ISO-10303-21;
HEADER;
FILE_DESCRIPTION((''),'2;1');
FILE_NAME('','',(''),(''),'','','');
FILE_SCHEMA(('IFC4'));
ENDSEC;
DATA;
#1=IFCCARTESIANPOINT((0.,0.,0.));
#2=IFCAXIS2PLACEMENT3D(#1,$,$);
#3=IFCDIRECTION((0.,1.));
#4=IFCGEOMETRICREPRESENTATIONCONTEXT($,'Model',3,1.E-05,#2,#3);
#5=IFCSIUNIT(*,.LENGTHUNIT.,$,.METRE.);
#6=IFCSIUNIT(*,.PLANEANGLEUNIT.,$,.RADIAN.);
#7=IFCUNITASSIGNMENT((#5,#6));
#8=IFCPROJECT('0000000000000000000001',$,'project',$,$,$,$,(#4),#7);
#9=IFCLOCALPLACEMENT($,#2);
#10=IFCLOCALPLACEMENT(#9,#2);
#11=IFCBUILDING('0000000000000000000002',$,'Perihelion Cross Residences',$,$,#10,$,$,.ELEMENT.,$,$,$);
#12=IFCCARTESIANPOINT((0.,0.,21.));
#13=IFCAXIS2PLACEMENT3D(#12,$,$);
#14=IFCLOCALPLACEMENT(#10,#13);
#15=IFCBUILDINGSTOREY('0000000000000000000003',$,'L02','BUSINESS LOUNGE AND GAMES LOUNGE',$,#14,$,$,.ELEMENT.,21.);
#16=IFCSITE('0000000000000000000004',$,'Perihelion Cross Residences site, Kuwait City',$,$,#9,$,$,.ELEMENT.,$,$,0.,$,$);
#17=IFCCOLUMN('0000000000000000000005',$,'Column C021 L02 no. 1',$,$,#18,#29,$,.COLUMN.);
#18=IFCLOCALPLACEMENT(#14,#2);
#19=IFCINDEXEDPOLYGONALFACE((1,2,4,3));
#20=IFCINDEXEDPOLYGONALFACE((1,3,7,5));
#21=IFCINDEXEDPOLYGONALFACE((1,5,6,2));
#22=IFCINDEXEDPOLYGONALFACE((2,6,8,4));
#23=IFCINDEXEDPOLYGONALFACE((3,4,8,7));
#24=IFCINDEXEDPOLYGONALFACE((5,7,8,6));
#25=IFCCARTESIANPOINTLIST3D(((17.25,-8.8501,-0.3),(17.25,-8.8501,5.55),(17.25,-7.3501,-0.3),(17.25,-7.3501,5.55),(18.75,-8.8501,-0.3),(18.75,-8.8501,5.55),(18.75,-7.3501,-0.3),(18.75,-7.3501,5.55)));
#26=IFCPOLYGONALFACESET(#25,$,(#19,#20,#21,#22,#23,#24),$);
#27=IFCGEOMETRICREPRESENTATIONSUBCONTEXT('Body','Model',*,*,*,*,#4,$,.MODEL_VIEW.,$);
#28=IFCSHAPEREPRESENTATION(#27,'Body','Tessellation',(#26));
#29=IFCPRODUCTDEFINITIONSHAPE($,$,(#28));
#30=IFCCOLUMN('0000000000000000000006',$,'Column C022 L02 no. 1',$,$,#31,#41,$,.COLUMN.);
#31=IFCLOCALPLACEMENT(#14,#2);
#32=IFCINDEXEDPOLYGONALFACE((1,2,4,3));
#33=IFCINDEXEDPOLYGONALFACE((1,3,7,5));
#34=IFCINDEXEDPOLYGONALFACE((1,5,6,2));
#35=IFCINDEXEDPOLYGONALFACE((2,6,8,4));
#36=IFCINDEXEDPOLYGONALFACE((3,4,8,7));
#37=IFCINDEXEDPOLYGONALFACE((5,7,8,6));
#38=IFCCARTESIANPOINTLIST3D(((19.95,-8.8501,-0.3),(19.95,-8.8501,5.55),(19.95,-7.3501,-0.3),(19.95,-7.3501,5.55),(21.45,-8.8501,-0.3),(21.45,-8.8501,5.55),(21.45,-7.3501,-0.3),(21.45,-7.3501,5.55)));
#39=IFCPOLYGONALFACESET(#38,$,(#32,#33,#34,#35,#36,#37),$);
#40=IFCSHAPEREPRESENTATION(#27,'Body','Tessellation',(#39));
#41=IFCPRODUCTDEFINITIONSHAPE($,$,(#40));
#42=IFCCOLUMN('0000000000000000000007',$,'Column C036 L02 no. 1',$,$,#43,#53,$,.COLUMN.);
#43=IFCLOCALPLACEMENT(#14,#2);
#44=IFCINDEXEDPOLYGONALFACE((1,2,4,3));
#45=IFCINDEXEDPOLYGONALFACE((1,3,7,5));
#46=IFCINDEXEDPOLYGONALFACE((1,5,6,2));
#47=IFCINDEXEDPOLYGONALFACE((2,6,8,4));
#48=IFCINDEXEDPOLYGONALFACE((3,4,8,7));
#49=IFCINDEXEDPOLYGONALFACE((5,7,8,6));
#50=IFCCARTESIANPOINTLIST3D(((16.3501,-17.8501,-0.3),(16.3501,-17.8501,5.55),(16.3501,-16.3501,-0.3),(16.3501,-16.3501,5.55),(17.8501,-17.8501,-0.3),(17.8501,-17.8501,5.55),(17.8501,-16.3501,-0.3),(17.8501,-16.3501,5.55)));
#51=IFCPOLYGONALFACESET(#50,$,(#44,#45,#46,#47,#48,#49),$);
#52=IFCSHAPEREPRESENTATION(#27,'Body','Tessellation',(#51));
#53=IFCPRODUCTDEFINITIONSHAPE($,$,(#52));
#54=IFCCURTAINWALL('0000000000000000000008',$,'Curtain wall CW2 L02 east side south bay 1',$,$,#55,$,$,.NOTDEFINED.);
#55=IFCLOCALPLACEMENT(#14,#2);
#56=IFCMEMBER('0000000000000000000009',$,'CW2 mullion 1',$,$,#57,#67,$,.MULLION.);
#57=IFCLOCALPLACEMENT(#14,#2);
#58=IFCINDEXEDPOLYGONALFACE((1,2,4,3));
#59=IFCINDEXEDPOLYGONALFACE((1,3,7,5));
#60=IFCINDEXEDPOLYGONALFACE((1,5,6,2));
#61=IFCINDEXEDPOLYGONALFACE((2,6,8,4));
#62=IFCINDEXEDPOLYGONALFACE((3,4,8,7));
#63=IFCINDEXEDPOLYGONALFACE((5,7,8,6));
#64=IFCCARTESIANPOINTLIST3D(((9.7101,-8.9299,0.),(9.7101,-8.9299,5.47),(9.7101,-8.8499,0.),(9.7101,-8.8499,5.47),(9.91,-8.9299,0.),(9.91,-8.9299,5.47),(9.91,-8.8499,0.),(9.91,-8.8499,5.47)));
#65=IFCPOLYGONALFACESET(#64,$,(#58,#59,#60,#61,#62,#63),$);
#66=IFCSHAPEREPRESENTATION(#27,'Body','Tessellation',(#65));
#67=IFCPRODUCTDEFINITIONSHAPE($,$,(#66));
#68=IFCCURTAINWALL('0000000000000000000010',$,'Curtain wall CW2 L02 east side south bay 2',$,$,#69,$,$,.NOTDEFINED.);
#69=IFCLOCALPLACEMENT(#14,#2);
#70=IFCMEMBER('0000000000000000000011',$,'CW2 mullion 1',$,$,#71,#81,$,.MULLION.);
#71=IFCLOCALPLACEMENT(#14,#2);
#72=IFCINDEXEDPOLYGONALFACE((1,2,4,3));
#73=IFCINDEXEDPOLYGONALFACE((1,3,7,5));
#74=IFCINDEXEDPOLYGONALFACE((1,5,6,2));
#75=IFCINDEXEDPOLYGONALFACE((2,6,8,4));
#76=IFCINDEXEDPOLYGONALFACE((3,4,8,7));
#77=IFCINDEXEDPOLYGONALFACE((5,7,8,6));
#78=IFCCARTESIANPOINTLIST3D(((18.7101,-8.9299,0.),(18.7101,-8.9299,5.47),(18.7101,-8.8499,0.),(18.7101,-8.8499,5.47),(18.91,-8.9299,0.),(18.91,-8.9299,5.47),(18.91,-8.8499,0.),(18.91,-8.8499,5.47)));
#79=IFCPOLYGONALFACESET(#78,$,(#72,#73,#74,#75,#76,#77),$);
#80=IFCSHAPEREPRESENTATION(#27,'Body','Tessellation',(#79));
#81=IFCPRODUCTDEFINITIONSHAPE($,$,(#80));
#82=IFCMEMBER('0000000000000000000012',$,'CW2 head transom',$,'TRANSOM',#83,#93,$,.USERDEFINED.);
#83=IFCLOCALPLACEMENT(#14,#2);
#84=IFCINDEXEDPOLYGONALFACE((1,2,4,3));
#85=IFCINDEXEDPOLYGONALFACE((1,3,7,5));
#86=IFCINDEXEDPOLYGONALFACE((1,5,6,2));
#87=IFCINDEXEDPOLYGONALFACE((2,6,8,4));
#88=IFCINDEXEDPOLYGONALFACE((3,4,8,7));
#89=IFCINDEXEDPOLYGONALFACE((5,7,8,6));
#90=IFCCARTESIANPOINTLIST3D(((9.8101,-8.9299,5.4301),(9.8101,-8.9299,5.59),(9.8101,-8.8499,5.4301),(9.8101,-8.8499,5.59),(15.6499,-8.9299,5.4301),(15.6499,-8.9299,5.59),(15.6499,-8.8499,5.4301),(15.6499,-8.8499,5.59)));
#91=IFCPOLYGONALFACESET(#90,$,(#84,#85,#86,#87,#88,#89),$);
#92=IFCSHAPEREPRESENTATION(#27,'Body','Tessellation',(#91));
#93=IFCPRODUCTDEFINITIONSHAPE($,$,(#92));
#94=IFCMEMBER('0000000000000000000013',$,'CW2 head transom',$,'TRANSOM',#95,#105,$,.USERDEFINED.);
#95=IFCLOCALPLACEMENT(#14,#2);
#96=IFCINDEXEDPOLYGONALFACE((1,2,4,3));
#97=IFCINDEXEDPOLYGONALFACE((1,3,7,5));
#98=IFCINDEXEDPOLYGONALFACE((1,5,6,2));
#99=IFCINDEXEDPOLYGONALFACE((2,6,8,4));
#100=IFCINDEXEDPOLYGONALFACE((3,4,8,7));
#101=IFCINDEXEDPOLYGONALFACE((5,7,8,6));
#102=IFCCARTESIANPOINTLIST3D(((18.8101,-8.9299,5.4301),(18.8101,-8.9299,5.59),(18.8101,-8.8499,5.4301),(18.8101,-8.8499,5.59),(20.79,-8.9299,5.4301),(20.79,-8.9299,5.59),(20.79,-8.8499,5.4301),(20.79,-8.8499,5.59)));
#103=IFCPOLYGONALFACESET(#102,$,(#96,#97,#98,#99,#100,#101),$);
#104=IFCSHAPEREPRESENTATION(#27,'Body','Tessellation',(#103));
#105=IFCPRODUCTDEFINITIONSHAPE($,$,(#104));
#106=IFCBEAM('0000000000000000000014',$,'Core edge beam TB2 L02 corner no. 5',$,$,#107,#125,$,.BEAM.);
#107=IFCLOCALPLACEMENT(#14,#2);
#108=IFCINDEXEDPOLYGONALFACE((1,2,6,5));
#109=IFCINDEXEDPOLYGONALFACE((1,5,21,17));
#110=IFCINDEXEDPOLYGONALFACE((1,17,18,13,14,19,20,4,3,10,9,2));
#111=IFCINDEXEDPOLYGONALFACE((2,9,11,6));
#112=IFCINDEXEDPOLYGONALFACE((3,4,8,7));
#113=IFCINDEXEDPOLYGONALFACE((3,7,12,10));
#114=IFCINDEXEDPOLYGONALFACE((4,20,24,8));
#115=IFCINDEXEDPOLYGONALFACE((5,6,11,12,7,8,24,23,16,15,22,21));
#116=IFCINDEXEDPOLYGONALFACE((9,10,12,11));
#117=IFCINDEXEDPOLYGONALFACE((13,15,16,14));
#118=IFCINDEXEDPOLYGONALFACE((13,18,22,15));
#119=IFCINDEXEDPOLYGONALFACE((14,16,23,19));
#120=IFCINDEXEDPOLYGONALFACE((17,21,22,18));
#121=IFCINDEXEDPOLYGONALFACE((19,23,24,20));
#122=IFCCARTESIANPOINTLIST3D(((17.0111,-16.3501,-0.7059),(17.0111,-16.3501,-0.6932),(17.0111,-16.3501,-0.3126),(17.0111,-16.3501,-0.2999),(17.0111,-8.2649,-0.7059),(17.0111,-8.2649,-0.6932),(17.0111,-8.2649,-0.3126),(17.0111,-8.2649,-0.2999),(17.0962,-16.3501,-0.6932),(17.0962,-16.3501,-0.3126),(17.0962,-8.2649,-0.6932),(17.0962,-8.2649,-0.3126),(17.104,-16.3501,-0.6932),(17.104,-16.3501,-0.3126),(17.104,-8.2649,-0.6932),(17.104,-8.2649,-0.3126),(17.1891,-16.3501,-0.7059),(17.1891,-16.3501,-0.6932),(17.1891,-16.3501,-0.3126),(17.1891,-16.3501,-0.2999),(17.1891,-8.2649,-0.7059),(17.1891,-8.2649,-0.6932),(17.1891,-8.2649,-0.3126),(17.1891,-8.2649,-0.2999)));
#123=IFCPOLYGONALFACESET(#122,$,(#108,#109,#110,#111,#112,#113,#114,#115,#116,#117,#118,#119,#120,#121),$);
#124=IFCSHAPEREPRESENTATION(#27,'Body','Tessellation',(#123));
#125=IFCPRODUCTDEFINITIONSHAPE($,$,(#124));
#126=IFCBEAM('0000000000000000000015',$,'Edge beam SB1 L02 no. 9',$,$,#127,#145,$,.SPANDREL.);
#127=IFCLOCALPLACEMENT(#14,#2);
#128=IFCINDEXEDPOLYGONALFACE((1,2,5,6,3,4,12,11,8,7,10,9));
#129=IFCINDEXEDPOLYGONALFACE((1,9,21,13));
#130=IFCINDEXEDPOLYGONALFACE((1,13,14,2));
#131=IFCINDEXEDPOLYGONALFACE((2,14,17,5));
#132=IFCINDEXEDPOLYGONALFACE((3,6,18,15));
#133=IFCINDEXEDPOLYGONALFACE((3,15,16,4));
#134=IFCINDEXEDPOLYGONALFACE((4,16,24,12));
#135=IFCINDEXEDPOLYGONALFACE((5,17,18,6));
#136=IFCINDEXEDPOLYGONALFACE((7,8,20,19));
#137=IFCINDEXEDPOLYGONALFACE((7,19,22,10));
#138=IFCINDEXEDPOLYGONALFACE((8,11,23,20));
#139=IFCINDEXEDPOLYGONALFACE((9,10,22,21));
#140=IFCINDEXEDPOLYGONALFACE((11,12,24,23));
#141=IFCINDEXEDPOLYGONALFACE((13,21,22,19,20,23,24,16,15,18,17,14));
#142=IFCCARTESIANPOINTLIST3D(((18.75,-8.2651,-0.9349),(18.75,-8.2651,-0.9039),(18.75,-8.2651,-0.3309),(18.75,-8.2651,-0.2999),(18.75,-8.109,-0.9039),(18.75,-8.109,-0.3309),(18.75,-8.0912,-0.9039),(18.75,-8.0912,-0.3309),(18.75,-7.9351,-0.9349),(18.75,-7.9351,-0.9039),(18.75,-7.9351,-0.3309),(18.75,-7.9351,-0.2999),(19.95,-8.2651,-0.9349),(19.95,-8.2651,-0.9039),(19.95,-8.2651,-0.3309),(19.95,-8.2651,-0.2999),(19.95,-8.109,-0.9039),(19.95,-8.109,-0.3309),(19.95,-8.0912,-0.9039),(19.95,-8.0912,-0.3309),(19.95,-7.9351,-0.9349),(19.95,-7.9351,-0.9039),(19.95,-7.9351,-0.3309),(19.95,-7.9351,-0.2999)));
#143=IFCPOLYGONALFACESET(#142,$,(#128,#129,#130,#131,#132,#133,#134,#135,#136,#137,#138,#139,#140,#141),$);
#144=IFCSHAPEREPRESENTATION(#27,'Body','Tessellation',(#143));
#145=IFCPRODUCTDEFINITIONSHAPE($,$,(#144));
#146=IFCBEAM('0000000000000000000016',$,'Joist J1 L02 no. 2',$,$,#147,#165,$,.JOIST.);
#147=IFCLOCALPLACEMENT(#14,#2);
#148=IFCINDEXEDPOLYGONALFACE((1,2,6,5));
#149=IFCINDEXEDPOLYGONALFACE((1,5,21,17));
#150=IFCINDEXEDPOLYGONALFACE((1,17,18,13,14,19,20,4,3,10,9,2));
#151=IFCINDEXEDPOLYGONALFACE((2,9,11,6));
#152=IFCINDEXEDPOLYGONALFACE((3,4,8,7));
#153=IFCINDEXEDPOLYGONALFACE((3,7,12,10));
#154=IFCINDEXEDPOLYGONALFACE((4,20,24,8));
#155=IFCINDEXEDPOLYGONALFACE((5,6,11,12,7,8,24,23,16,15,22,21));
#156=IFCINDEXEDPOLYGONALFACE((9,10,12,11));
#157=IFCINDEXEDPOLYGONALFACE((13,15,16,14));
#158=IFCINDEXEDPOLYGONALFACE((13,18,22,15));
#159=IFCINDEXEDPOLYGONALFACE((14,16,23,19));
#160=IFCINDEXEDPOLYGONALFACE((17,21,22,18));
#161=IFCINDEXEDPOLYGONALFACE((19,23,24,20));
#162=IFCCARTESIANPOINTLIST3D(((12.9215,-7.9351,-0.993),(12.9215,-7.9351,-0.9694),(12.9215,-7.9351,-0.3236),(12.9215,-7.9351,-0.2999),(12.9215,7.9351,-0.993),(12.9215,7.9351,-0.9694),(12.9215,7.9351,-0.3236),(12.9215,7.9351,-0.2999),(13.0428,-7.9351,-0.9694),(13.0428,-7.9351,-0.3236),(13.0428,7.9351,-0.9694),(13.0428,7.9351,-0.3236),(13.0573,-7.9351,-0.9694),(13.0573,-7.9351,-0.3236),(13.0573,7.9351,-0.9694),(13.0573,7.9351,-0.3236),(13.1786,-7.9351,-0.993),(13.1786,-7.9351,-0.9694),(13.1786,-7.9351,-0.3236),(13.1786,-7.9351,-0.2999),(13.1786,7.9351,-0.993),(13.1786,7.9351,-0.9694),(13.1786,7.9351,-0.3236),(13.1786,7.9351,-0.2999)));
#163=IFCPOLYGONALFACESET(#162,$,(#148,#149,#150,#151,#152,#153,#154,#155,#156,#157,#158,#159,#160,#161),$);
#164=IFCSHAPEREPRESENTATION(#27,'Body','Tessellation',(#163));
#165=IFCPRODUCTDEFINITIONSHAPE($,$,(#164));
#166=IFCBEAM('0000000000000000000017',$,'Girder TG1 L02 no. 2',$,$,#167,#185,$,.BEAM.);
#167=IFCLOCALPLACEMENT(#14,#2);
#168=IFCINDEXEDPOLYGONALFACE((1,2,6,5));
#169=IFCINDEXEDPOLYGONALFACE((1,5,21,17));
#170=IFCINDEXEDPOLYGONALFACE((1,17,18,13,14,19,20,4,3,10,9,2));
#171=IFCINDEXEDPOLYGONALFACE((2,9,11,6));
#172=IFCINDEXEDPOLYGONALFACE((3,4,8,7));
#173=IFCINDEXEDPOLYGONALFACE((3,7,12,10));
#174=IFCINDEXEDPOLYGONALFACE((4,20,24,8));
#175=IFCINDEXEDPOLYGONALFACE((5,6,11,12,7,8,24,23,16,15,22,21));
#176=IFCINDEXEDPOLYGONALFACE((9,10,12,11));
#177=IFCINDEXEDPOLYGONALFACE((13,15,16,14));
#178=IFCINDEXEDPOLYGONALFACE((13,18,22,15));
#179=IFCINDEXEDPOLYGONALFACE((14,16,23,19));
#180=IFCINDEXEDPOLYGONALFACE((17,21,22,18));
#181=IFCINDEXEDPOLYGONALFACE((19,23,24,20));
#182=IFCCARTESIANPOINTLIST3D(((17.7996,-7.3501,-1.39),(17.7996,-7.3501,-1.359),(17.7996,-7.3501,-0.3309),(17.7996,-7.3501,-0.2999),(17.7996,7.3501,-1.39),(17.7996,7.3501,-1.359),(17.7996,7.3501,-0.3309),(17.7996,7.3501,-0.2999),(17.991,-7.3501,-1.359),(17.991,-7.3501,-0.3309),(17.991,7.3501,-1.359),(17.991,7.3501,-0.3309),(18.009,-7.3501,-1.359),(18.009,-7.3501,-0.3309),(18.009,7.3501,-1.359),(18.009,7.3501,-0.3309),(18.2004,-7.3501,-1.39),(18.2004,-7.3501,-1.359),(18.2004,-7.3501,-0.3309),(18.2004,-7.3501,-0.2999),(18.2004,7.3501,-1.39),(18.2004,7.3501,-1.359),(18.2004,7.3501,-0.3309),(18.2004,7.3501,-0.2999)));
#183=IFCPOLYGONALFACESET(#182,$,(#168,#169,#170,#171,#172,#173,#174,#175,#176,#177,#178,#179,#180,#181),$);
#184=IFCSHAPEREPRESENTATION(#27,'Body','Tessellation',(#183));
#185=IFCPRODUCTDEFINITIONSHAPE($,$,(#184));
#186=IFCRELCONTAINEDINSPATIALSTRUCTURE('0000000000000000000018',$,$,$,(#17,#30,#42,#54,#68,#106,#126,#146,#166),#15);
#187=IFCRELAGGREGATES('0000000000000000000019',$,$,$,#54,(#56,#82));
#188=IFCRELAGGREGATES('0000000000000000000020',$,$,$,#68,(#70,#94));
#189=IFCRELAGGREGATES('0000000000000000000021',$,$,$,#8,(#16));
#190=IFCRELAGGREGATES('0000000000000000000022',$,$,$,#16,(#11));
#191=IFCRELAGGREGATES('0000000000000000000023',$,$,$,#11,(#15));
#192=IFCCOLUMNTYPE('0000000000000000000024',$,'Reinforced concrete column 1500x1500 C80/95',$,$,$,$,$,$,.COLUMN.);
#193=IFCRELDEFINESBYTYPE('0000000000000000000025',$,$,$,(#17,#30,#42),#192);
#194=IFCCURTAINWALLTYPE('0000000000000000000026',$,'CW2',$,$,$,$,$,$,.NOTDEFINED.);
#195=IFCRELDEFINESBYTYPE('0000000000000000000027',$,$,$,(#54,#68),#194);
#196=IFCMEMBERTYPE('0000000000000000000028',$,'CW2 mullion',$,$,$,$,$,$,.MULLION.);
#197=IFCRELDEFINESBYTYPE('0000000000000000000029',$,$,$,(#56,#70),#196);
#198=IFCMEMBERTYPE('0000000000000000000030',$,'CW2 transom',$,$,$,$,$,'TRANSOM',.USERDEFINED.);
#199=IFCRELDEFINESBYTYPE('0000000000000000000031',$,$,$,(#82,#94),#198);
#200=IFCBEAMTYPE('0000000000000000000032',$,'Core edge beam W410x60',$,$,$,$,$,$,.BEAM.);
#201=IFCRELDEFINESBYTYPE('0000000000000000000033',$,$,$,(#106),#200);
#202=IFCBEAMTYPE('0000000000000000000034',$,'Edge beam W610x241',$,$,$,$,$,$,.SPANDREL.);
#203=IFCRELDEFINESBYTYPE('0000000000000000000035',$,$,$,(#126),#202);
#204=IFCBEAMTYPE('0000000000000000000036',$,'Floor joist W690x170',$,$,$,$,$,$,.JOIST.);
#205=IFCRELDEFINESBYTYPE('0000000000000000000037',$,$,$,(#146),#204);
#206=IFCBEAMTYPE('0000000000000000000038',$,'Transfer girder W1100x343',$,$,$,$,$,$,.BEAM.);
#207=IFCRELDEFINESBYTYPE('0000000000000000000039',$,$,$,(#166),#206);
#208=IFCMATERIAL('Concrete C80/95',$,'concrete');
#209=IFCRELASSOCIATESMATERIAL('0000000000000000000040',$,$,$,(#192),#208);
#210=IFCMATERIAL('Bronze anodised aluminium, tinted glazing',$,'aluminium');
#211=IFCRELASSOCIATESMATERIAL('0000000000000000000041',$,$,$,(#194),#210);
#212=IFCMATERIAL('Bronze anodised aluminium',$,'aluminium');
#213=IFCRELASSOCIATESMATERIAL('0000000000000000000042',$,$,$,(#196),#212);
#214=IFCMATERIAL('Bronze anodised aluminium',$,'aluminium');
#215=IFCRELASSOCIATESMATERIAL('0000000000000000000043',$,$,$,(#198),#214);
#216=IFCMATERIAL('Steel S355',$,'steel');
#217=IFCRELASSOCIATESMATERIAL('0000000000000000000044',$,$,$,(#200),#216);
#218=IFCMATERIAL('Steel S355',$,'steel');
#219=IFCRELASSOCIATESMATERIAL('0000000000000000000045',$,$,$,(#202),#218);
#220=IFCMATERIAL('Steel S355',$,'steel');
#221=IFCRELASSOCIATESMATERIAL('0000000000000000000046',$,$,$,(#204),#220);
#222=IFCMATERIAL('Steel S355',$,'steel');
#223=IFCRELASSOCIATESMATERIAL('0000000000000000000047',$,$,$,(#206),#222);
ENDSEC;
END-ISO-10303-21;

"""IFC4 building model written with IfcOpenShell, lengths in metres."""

from ifc_helpers import new_model, si_unit, direction, frame, origin, origin_2d, place, context, subcontext, project, spatial, rectangle, i_section, extrude, material, material_profile, profile_set, type_object, element, aggregate, save


model = new_model("IFC4")

# Units and contexts
model_context = context("Model", 3, precision=1e-05, world=origin(), true_north=direction((0.0, 1.0)))
body_context = subcontext(model_context, "Body", "Model", "MODEL_VIEW")
ifc_project = project(units=[si_unit("LENGTHUNIT", "METRE"), si_unit("PLANEANGLEUNIT", "RADIAN")], contexts=[model_context])

# Site, building, storey
site_placement = place(None, origin())
site = spatial("IfcSite", under=ifc_project, at=site_placement, Name="Perihelion Cross Residences site, Kuwait City", CompositionType="ELEMENT", RefElevation=0.0)
building_placement = place(site_placement, origin())
building = spatial("IfcBuilding", under=site, at=building_placement, Name="Perihelion Cross Residences", CompositionType="ELEMENT")
storey_placement = place(building_placement, frame((0.0, 0.0, 21.0)))
storey = spatial("IfcBuildingStorey", under=building, at=storey_placement, Name="L02", Description="BUSINESS LOUNGE AND GAMES LOUNGE", CompositionType="ELEMENT", Elevation=21.0)

# Columns
ifc_material_1 = material(Name="Concrete C80/95", Category="concrete")
ifc_material_profile_1 = material_profile(ifc_material_1, rectangle(XDim=1.5, YDim=1.5, at=origin_2d()), Name="RC 1500x1500")
ifc_profile_set_1 = profile_set([ifc_material_profile_1], Name="Concrete C80/95")
column_type = type_object("IfcColumnType", Name="Reinforced concrete column 1500x1500 C80/95", PredefinedType="COLUMN", material=ifc_profile_set_1)
for number, where, z_axis, x_axis, name in (
    (1, (18.0, -8.1001, -0.3), (0.0, 0.0, 1.0), (1.0, 0.0, 0.0), "Column C021 L02 no. 1"),
    (2, (20.7, -8.1001, -0.3), (0.0, 0.0, 1.0), (1.0, 0.0, 0.0), "Column C022 L02 no. 1"),
    (3, (17.1001, -17.1001, -0.3), (0.0, 0.0, 1.0), (1.0, 0.0, 0.0), "Column C036 L02 no. 1"),
):
    element("IfcColumn", number, at=place(storey_placement, frame(where, z_axis=z_axis, x_axis=x_axis)), inside=storey, type_object=column_type, Name=name, PredefinedType="COLUMN", context=body_context, shape_type="SweptSolid", body=[
        extrude(rectangle(XDim=1.5, YDim=1.5, at=origin_2d()), origin(), (0.0, 0.0, 1.0), 5.8501),
    ])

# Curtain walls, members
ifc_material_2 = material(Name="Bronze anodised aluminium, tinted glazing", Category="aluminium")
curtain_wall_type = type_object("IfcCurtainWallType", Name="CW2", PredefinedType="NOTDEFINED", material=ifc_material_2)
curtain_wall_1_placement = place(storey_placement, origin())
curtain_wall_1 = element("IfcCurtainWall", 4, at=curtain_wall_1_placement, inside=storey, type_object=curtain_wall_type, Name="Curtain wall CW2 L02 east side south bay 1", PredefinedType="NOTDEFINED")
ifc_material_3 = material(Name="Bronze anodised aluminium", Category="aluminium")
ifc_material_profile_2 = material_profile(ifc_material_3, rectangle(XDim=0.0801, YDim=0.2, at=origin_2d()), Name="CW2 mullion")
ifc_profile_set_2 = profile_set([ifc_material_profile_2], Name="Bronze anodised aluminium")
member_type_1 = type_object("IfcMemberType", Name="CW2 mullion", PredefinedType="MULLION", material=ifc_profile_set_2)
member_1_placement = place(storey_placement, frame((9.8101, -8.8899, 0.0), z_axis=(0.0, 0.0, 1.0), x_axis=(0.0, 1.0, 0.0)))
member_1 = element("IfcMember", 5, at=member_1_placement, type_object=member_type_1, Name="CW2 mullion 1", PredefinedType="MULLION", context=body_context, shape_type="SweptSolid", body=[
    extrude(rectangle(XDim=0.0801, YDim=0.2, at=origin_2d()), origin(), (0.0, 0.0, 1.0), 5.47),
])
curtain_wall_2_placement = place(storey_placement, origin())
curtain_wall_2 = element("IfcCurtainWall", 6, at=curtain_wall_2_placement, inside=storey, type_object=curtain_wall_type, Name="Curtain wall CW2 L02 east side south bay 2", PredefinedType="NOTDEFINED")
member_2_placement = place(storey_placement, frame((18.8101, -8.8899, 0.0), z_axis=(0.0, 0.0, 1.0), x_axis=(0.0, 1.0, 0.0)))
member_2 = element("IfcMember", 7, at=member_2_placement, type_object=member_type_1, Name="CW2 mullion 1", PredefinedType="MULLION", context=body_context, shape_type="SweptSolid", body=[
    extrude(rectangle(XDim=0.0801, YDim=0.2, at=origin_2d()), origin(), (0.0, 0.0, 1.0), 5.47),
])

# Members
ifc_material_4 = material(Name="Bronze anodised aluminium", Category="aluminium")
ifc_material_profile_3 = material_profile(ifc_material_4, rectangle(XDim=0.0801, YDim=0.1599, at=origin_2d()), Name="CW2 transom")
ifc_profile_set_3 = profile_set([ifc_material_profile_3], Name="Bronze anodised aluminium")
member_type_2 = type_object("IfcMemberType", Name="CW2 transom", ElementType="TRANSOM", PredefinedType="USERDEFINED", material=ifc_profile_set_3)
member_3_placement = place(storey_placement, frame((9.8101, -8.8899, 5.51), z_axis=(1.0, 0.0, 0.0), x_axis=(0.0, 1.0, 0.0)))
member_3 = element("IfcMember", 8, at=member_3_placement, type_object=member_type_2, Name="CW2 head transom", ObjectType="TRANSOM", PredefinedType="USERDEFINED", context=body_context, shape_type="SweptSolid", body=[
    extrude(rectangle(XDim=0.0801, YDim=0.1599, at=origin_2d()), origin(), (0.0, 0.0, 1.0), 5.8398),
])
member_4_placement = place(storey_placement, frame((18.8101, -8.8899, 5.51), z_axis=(1.0, 0.0, 0.0), x_axis=(0.0, 1.0, 0.0)))
member_4 = element("IfcMember", 9, at=member_4_placement, type_object=member_type_2, Name="CW2 head transom", ObjectType="TRANSOM", PredefinedType="USERDEFINED", context=body_context, shape_type="SweptSolid", body=[
    extrude(rectangle(XDim=0.0801, YDim=0.1599, at=origin_2d()), origin(), (0.0, 0.0, 1.0), 1.98),
])

# Beams
ifc_material_5 = material(Name="Steel S355", Category="steel")
ifc_material_profile_4 = material_profile(ifc_material_5, i_section(OverallWidth=0.178, OverallDepth=0.406, WebThickness=0.0078, FlangeThickness=0.0127, at=origin_2d()), Name="W410x60")
ifc_profile_set_4 = profile_set([ifc_material_profile_4], Name="Steel S355")
beam_type_1 = type_object("IfcBeamType", Name="Core edge beam W410x60", PredefinedType="BEAM", material=ifc_profile_set_4)
beam_1_placement = place(storey_placement, frame((17.1001, -8.2649, -0.5029), z_axis=(0.0, -1.0, 0.0), x_axis=(1.0, 0.0, 0.0)))
element("IfcBeam", 10, at=beam_1_placement, inside=storey, type_object=beam_type_1, Name="Core edge beam TB2 L02 corner no. 5", PredefinedType="BEAM", context=body_context, shape_type="SweptSolid", body=[
    extrude(i_section(OverallWidth=0.178, OverallDepth=0.406, WebThickness=0.0078, FlangeThickness=0.0127, at=origin_2d()), origin(), (0.0, 0.0, 1.0), 8.0852),
])
ifc_material_6 = material(Name="Steel S355", Category="steel")
ifc_material_profile_5 = material_profile(ifc_material_6, i_section(OverallWidth=0.3301, OverallDepth=0.635, WebThickness=0.0178, FlangeThickness=0.031, at=origin_2d()), Name="W610x241")
ifc_profile_set_5 = profile_set([ifc_material_profile_5], Name="Steel S355")
beam_type_2 = type_object("IfcBeamType", Name="Edge beam W610x241", PredefinedType="SPANDREL", material=ifc_profile_set_5)
beam_2_placement = place(storey_placement, frame((18.75, -8.1001, -0.6174), z_axis=(1.0, 0.0, 0.0), x_axis=(0.0, 1.0, 0.0)))
element("IfcBeam", 11, at=beam_2_placement, inside=storey, type_object=beam_type_2, Name="Edge beam SB1 L02 no. 9", PredefinedType="SPANDREL", context=body_context, shape_type="SweptSolid", body=[
    extrude(i_section(OverallWidth=0.3301, OverallDepth=0.635, WebThickness=0.0178, FlangeThickness=0.031, at=origin_2d()), origin(), (0.0, 0.0, 1.0), 1.2),
])
ifc_material_7 = material(Name="Steel S355", Category="steel")
ifc_material_profile_6 = material_profile(ifc_material_7, i_section(OverallWidth=0.2571, OverallDepth=0.6931, WebThickness=0.0144, FlangeThickness=0.0237, at=origin_2d()), Name="W690x170")
ifc_profile_set_6 = profile_set([ifc_material_profile_6], Name="Steel S355")
beam_type_3 = type_object("IfcBeamType", Name="Floor joist W690x170", PredefinedType="JOIST", material=ifc_profile_set_6)
beam_3_placement = place(storey_placement, frame((13.05, -7.9351, -0.6465), z_axis=(0.0, 1.0, 0.0), x_axis=(-1.0, 0.0, 0.0)))
element("IfcBeam", 12, at=beam_3_placement, inside=storey, type_object=beam_type_3, Name="Joist J1 L02 no. 2", PredefinedType="JOIST", context=body_context, shape_type="SweptSolid", body=[
    extrude(i_section(OverallWidth=0.2571, OverallDepth=0.6931, WebThickness=0.0144, FlangeThickness=0.0237, at=origin_2d()), origin(), (0.0, 0.0, 1.0), 15.8701),
])
ifc_material_8 = material(Name="Steel S355", Category="steel")
ifc_material_profile_7 = material_profile(ifc_material_8, i_section(OverallWidth=0.4009, OverallDepth=1.0901, WebThickness=0.0181, FlangeThickness=0.031, at=origin_2d()), Name="W1100x343")
ifc_profile_set_7 = profile_set([ifc_material_profile_7], Name="Steel S355")
beam_type_4 = type_object("IfcBeamType", Name="Transfer girder W1100x343", PredefinedType="BEAM", material=ifc_profile_set_7)
beam_4_placement = place(storey_placement, frame((18.0, -7.3501, -0.845), z_axis=(0.0, 1.0, 0.0), x_axis=(-1.0, 0.0, 0.0)))
element("IfcBeam", 13, at=beam_4_placement, inside=storey, type_object=beam_type_4, Name="Girder TG1 L02 no. 2", PredefinedType="BEAM", context=body_context, shape_type="SweptSolid", body=[
    extrude(i_section(OverallWidth=0.4009, OverallDepth=1.0901, WebThickness=0.0181, FlangeThickness=0.031, at=origin_2d()), origin(), (0.0, 0.0, 1.0), 14.7002),
])

aggregate(curtain_wall_1, [member_1, member_3])
aggregate(curtain_wall_2, [member_2, member_4])

save(model, "model.ifc")
